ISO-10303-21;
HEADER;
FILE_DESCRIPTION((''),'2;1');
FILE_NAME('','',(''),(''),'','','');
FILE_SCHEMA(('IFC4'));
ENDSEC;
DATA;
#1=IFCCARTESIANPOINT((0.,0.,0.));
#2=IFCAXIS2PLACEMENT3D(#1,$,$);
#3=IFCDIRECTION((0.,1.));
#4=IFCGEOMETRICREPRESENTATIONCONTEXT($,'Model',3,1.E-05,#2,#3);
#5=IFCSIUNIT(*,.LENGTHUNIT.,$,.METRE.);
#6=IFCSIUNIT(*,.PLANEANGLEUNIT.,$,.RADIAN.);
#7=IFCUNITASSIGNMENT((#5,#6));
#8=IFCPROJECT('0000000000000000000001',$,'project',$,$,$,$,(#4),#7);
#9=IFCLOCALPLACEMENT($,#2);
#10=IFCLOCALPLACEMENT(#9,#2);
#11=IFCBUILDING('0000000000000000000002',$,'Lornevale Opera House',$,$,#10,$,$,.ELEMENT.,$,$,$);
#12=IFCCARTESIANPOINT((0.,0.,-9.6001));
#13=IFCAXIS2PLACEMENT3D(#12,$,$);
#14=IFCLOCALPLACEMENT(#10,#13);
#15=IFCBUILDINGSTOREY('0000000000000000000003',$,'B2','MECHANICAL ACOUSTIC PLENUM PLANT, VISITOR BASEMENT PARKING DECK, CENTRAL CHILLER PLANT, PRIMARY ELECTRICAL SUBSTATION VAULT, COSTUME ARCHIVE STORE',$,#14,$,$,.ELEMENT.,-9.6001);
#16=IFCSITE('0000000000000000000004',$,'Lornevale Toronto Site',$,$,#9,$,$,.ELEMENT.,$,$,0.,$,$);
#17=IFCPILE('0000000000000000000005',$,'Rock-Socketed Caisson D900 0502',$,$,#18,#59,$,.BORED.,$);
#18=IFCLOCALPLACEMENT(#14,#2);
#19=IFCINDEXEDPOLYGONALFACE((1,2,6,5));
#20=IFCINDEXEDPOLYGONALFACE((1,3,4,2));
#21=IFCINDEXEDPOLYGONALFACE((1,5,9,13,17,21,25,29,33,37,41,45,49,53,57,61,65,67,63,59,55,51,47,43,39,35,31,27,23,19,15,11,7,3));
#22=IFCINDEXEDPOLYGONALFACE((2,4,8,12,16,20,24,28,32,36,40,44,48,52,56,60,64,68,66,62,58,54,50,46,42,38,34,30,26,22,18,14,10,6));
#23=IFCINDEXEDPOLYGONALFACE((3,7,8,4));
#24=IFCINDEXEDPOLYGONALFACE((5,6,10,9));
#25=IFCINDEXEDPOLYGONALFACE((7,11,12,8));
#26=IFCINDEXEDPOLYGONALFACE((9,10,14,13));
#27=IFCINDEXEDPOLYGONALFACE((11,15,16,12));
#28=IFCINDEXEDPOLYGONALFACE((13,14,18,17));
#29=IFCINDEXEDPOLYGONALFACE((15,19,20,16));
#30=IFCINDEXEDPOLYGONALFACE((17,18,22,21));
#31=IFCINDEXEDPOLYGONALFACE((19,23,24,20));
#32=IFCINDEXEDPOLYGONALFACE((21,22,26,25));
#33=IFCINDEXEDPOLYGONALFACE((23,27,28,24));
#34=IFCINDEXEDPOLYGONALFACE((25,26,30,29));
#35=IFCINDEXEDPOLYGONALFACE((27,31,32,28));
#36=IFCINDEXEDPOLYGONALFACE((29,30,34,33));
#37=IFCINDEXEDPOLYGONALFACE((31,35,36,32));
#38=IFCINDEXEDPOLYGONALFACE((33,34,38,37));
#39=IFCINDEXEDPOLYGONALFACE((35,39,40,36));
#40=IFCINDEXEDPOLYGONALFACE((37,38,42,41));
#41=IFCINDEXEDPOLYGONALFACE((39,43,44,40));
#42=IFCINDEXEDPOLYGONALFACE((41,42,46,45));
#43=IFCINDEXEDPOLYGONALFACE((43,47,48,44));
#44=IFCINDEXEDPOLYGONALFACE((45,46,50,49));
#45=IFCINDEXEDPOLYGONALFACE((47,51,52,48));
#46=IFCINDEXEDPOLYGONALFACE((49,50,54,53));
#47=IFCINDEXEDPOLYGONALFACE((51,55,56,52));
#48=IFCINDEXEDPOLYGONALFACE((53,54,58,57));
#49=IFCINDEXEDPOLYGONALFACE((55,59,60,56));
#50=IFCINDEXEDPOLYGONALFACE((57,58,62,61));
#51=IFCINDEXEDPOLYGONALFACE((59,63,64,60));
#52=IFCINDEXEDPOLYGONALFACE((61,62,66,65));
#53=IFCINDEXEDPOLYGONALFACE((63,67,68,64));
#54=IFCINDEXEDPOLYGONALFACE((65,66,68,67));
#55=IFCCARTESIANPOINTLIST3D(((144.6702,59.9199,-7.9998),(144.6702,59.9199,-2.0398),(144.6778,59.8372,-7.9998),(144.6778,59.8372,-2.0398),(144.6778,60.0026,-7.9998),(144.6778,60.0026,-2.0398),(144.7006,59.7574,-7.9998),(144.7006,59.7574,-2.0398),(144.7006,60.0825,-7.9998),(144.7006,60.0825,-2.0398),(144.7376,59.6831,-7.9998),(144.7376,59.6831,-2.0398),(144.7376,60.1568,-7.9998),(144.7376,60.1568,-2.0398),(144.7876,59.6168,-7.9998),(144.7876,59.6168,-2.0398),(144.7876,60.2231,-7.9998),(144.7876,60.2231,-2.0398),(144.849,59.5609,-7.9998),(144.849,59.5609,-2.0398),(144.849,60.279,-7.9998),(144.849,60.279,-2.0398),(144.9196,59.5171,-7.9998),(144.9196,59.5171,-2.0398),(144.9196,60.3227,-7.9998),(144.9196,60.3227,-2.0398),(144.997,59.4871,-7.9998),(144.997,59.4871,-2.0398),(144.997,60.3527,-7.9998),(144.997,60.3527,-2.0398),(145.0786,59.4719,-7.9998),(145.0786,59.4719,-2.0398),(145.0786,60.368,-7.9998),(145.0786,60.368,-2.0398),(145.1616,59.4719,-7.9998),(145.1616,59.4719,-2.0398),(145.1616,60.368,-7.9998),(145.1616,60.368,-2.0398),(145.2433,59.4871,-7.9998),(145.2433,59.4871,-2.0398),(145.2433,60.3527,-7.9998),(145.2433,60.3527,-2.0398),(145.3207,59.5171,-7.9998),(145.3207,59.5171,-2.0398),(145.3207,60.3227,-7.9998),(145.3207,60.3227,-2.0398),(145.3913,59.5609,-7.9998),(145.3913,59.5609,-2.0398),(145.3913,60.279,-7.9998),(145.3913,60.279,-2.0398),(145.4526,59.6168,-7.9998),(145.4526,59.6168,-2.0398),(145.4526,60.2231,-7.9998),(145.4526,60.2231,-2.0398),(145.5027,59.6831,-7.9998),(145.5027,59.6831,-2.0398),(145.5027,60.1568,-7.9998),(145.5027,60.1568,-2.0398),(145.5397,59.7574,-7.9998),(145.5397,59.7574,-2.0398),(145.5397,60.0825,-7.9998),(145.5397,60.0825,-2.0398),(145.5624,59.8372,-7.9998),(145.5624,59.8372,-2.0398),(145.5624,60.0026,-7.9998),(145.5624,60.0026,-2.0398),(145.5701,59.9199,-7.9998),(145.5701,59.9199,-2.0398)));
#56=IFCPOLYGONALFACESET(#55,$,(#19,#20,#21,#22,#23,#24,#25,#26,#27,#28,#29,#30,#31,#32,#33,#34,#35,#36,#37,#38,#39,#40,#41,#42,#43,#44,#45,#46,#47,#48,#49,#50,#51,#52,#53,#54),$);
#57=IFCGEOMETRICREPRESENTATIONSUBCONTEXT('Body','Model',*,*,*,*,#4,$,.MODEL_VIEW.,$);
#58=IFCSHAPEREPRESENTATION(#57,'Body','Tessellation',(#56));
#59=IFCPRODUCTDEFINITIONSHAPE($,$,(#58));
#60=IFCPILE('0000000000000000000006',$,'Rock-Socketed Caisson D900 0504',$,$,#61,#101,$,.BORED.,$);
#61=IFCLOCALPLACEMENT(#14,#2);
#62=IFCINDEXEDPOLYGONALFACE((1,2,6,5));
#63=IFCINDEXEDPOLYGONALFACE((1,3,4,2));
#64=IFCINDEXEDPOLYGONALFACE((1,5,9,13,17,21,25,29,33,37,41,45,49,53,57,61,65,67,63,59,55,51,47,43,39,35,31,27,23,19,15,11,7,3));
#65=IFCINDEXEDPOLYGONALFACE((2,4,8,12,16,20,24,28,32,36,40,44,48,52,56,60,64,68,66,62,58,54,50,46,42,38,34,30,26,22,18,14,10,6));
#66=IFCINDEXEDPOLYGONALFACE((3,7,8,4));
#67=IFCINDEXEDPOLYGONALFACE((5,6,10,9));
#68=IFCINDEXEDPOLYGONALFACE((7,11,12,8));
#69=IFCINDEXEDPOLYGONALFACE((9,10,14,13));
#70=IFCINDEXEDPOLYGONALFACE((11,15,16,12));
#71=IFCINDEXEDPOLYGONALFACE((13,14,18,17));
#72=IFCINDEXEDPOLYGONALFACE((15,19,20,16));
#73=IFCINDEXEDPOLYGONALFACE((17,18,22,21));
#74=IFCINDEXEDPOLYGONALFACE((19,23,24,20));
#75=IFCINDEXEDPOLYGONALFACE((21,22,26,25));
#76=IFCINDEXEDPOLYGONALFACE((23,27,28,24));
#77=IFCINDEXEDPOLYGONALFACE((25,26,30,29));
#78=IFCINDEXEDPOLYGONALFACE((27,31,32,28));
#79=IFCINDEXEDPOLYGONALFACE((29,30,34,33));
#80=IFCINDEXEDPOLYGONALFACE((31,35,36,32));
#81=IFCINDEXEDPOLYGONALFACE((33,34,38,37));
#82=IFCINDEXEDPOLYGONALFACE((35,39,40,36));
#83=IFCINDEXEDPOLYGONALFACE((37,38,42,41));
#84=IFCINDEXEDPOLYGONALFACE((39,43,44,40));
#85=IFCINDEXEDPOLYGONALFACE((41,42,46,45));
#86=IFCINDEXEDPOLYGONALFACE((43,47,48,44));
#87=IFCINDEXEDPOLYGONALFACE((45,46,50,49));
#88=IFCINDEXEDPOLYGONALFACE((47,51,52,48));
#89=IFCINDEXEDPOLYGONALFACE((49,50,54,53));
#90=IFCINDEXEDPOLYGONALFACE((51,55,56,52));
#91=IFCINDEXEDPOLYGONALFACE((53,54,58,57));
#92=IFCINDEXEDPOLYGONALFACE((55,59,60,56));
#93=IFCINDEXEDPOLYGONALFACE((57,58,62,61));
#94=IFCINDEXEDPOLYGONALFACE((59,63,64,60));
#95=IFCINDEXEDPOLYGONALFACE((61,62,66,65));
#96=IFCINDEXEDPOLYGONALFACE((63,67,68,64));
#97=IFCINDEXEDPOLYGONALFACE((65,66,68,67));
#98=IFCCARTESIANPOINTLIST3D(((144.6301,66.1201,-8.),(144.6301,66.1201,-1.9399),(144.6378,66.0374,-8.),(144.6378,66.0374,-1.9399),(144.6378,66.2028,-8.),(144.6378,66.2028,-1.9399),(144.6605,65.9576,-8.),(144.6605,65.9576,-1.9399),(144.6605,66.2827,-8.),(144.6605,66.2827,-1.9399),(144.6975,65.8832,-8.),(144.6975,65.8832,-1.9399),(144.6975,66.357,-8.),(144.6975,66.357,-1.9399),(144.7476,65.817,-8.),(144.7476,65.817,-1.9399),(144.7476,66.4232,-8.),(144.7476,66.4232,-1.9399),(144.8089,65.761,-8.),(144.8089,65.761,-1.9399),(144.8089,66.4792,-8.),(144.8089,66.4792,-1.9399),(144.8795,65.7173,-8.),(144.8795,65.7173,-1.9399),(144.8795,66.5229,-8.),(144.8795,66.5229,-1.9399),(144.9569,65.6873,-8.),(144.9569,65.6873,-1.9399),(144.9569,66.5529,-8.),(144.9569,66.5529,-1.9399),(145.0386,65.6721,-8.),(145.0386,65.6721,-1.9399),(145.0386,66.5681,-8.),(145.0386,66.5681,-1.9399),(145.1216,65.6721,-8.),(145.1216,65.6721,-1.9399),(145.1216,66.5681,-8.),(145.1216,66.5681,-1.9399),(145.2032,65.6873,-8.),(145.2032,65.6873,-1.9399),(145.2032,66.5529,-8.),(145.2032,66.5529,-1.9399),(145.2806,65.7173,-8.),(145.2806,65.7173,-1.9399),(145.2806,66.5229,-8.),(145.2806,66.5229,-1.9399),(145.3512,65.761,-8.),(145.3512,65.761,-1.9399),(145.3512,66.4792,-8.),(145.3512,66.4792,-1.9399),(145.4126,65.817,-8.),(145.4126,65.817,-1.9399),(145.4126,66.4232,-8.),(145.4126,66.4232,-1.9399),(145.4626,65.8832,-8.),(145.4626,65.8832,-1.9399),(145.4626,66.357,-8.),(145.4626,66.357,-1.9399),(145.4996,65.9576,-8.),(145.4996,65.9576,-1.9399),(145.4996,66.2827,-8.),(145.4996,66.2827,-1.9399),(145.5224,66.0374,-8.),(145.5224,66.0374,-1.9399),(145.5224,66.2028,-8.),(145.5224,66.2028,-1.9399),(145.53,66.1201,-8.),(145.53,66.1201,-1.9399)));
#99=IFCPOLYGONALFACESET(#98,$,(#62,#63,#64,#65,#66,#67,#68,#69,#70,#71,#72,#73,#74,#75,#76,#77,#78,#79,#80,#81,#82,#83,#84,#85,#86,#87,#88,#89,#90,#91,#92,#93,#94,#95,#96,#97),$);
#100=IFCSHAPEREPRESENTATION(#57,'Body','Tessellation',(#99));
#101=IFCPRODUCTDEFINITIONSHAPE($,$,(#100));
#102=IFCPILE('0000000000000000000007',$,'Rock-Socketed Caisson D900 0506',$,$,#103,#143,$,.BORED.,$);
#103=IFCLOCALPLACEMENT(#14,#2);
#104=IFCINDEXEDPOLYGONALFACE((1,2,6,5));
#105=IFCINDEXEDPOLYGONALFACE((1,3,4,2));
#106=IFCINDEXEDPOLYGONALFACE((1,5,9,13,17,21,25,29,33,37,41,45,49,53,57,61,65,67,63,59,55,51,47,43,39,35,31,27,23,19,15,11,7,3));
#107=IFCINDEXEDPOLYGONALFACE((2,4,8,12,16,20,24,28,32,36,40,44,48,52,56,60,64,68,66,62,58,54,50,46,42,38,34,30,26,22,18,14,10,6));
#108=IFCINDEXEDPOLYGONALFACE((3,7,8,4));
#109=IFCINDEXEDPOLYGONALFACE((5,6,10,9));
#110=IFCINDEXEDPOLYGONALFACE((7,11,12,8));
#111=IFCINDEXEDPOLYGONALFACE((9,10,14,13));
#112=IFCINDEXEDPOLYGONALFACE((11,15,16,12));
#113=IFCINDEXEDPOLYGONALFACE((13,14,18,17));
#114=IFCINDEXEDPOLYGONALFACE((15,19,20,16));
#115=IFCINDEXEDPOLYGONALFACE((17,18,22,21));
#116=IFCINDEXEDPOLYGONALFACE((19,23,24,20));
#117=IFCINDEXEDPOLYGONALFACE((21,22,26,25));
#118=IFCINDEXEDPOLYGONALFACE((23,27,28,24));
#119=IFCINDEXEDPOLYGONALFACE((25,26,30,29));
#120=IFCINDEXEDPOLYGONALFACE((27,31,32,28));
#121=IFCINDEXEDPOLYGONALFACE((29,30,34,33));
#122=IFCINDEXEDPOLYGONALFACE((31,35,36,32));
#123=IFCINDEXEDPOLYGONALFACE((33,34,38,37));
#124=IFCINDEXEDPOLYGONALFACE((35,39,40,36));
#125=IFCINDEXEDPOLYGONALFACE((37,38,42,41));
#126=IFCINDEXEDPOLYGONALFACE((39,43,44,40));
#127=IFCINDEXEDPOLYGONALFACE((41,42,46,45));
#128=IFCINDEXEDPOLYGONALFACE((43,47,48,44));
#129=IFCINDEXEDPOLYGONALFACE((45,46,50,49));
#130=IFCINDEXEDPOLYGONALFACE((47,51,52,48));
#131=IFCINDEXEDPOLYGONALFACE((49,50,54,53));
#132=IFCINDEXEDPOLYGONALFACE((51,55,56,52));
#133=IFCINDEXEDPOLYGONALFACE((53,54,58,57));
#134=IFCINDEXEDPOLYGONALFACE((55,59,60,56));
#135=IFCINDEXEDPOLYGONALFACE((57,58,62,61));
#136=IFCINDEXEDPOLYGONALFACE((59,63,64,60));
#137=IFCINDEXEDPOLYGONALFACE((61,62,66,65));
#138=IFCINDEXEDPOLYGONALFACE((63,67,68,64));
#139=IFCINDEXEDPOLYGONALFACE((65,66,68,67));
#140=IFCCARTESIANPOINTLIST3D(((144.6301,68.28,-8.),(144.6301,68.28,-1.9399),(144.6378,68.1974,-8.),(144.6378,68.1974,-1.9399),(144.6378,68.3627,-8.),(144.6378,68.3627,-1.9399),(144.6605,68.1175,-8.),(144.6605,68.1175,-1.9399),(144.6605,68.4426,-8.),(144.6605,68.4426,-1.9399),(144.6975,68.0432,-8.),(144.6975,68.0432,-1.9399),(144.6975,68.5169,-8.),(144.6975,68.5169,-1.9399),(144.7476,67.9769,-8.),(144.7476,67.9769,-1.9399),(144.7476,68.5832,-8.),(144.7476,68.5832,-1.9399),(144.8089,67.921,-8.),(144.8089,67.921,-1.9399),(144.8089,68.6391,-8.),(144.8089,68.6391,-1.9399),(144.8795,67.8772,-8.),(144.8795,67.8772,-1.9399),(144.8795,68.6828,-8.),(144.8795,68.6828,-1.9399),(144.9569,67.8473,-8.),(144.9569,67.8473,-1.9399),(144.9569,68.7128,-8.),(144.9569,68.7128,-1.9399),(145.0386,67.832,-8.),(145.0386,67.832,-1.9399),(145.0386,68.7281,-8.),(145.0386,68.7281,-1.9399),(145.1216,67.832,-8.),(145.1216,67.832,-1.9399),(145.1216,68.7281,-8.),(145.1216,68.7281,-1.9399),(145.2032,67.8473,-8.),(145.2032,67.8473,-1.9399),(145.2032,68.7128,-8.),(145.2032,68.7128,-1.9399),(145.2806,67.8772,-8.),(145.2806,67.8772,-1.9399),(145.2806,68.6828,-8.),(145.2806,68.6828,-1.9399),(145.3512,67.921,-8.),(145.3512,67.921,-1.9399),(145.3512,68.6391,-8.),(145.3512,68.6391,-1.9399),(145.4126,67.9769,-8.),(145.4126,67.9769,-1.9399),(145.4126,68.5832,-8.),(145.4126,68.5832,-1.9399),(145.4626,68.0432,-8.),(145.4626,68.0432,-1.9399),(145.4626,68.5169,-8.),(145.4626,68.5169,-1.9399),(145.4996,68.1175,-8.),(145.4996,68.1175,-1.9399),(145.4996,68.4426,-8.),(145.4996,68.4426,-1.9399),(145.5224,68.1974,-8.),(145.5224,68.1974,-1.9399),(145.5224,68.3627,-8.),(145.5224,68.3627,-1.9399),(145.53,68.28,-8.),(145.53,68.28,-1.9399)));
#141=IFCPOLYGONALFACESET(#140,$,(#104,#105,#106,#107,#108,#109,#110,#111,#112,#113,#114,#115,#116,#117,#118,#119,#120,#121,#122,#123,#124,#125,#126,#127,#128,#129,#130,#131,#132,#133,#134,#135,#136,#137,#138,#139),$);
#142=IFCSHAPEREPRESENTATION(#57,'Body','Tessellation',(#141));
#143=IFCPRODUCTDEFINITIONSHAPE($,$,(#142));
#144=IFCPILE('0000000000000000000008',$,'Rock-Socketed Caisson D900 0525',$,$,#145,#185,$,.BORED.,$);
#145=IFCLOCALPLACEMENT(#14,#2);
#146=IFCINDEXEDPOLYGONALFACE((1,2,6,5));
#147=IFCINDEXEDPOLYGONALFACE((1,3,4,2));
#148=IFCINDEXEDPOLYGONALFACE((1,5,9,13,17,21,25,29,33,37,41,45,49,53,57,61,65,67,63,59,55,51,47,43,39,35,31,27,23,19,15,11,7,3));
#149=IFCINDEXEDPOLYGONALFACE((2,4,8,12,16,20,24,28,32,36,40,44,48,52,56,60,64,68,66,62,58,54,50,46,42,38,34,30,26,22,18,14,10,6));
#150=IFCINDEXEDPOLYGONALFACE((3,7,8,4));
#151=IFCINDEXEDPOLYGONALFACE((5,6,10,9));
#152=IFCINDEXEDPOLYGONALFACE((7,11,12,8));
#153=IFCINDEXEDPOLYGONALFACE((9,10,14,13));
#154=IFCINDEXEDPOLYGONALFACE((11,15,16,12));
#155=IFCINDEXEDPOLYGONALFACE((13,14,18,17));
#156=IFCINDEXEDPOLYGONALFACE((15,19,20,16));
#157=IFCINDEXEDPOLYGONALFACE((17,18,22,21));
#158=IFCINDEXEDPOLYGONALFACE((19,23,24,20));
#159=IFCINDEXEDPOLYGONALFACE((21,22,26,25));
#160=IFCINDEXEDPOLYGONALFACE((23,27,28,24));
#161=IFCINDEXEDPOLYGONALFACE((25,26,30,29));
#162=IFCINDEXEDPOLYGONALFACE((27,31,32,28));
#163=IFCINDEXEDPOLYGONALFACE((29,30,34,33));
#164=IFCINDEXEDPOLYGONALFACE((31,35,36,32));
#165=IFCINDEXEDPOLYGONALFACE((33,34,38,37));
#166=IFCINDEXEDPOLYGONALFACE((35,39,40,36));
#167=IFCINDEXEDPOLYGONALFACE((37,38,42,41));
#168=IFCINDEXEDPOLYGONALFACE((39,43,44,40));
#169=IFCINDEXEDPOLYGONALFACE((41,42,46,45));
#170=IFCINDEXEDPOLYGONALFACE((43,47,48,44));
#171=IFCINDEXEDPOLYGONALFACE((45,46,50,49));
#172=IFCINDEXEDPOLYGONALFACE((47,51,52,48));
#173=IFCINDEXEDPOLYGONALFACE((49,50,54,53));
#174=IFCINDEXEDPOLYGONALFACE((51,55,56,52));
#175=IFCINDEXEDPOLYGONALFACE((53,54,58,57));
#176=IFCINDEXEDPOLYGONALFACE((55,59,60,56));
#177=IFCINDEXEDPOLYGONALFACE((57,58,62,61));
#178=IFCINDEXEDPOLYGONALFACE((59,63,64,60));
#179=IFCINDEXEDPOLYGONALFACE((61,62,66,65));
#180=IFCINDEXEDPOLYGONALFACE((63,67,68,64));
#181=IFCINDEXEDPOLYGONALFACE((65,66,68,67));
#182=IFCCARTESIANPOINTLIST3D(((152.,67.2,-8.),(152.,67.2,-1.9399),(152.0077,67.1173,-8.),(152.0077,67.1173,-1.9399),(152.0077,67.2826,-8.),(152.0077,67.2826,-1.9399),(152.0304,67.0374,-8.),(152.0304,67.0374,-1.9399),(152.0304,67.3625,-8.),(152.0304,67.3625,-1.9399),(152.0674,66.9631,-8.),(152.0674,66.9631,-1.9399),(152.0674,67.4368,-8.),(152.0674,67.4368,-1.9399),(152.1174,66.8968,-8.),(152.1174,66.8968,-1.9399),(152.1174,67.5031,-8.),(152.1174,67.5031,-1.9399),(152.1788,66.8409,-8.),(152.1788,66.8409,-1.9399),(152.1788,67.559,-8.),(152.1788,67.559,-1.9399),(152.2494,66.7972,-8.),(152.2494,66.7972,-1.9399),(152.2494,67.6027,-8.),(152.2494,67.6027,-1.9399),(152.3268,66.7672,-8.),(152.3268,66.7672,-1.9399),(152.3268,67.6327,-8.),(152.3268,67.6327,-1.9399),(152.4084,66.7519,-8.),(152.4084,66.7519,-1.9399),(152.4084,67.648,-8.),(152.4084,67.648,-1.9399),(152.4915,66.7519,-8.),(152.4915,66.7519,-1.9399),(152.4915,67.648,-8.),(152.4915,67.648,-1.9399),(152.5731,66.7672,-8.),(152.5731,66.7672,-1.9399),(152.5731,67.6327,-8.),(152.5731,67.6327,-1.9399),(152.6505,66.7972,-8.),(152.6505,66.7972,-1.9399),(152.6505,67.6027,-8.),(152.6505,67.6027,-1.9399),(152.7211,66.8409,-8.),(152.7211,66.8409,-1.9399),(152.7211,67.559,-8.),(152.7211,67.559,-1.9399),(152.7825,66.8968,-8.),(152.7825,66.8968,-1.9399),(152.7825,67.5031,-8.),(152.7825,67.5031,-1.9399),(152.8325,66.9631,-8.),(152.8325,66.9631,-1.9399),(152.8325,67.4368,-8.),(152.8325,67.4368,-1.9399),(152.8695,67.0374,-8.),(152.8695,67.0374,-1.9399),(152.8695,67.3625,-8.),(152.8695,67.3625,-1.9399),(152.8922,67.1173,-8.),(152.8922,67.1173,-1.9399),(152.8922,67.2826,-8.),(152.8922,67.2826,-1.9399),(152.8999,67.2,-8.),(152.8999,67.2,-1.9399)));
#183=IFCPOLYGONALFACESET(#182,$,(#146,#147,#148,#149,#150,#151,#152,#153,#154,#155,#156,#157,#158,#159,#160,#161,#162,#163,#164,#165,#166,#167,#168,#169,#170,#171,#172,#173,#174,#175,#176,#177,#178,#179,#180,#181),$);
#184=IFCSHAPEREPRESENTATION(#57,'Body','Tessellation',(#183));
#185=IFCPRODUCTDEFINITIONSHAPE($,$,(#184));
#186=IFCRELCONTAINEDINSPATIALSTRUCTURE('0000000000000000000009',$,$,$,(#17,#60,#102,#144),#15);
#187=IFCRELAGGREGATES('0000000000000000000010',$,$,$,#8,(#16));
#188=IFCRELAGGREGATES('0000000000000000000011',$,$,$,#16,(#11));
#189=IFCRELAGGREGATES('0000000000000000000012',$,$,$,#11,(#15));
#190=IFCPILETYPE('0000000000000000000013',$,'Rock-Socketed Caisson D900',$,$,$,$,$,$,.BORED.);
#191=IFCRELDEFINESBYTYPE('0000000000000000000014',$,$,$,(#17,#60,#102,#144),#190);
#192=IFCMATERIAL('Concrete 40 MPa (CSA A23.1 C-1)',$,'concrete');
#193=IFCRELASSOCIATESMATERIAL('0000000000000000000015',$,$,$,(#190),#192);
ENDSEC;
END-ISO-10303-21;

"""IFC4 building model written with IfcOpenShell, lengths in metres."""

from ifc_helpers import new_model, si_unit, direction, frame, origin, origin_2d, place, context, subcontext, project, spatial, circle, extrude, material, material_profile, profile_set, type_object, element, save


model = new_model("IFC4")

# Units and contexts
model_context = context("Model", 3, precision=1e-05, world=origin(), true_north=direction((0.0, 1.0)))
body_context = subcontext(model_context, "Body", "Model", "MODEL_VIEW")
ifc_project = project(units=[si_unit("LENGTHUNIT", "METRE"), si_unit("PLANEANGLEUNIT", "RADIAN")], contexts=[model_context])

# Site, building, storey
site_placement = place(None, origin())
site = spatial("IfcSite", under=ifc_project, at=site_placement, Name="Lornevale Toronto Site", CompositionType="ELEMENT", RefElevation=0.0)
building_placement = place(site_placement, origin())
building = spatial("IfcBuilding", under=site, at=building_placement, Name="Lornevale Opera House", CompositionType="ELEMENT")
storey_placement = place(building_placement, frame((0.0, 0.0, -9.6001)))
storey = spatial("IfcBuildingStorey", under=building, at=storey_placement, Name="B2", Description="MECHANICAL ACOUSTIC PLENUM PLANT, VISITOR BASEMENT PARKING DECK, CENTRAL CHILLER PLANT, PRIMARY ELECTRICAL SUBSTATION VAULT, COSTUME ARCHIVE STORE", CompositionType="ELEMENT", Elevation=-9.6001)

# Piles
ifc_material_1 = material(Name="Concrete 40 MPa (CSA A23.1 C-1)", Category="concrete")
ifc_material_profile_1 = material_profile(ifc_material_1, circle(Radius=0.45, at=origin_2d()), Name="CAIS900")
ifc_profile_set_1 = profile_set([ifc_material_profile_1], Name="Concrete 40 MPa (CSA A23.1 C-1)")
pile_type_1 = type_object("IfcPileType", Name="Rock-Socketed Caisson D900", PredefinedType="BORED", material=ifc_profile_set_1)
for number, where, z_axis, x_axis, name in (
    (1, (145.1201, 59.9199, -2.0398), (0.0, 0.0, -1.0), (1.0, 0.0, 0.0), "Rock-Socketed Caisson D900 0502"),
):
    element("IfcPile", number, at=place(storey_placement, frame(where, z_axis=z_axis, x_axis=x_axis)), inside=storey, type_object=pile_type_1, Name=name, PredefinedType="BORED", context=body_context, shape_type="SweptSolid", body=[
        extrude(circle(Radius=0.45, at=origin_2d()), origin(), (0.0, 0.0, 1.0), 5.96),
    ])
for number, where, z_axis, x_axis, name in (
    (2, (145.0801, 66.1201, -1.9399), (0.0, 0.0, -1.0), (1.0, 0.0, 0.0), "Rock-Socketed Caisson D900 0504"),
    (3, (145.0801, 68.28, -1.9399), (0.0, 0.0, -1.0), (1.0, 0.0, 0.0), "Rock-Socketed Caisson D900 0506"),
    (4, (152.45, 67.2, -1.9399), (0.0, 0.0, -1.0), (1.0, 0.0, 0.0), "Rock-Socketed Caisson D900 0525"),
):
    element("IfcPile", number, at=place(storey_placement, frame(where, z_axis=z_axis, x_axis=x_axis)), inside=storey, type_object=pile_type_1, Name=name, PredefinedType="BORED", context=body_context, shape_type="SweptSolid", body=[
        extrude(circle(Radius=0.45, at=origin_2d()), origin(), (0.0, 0.0, 1.0), 6.0601),
    ])

save(model, "model.ifc")
